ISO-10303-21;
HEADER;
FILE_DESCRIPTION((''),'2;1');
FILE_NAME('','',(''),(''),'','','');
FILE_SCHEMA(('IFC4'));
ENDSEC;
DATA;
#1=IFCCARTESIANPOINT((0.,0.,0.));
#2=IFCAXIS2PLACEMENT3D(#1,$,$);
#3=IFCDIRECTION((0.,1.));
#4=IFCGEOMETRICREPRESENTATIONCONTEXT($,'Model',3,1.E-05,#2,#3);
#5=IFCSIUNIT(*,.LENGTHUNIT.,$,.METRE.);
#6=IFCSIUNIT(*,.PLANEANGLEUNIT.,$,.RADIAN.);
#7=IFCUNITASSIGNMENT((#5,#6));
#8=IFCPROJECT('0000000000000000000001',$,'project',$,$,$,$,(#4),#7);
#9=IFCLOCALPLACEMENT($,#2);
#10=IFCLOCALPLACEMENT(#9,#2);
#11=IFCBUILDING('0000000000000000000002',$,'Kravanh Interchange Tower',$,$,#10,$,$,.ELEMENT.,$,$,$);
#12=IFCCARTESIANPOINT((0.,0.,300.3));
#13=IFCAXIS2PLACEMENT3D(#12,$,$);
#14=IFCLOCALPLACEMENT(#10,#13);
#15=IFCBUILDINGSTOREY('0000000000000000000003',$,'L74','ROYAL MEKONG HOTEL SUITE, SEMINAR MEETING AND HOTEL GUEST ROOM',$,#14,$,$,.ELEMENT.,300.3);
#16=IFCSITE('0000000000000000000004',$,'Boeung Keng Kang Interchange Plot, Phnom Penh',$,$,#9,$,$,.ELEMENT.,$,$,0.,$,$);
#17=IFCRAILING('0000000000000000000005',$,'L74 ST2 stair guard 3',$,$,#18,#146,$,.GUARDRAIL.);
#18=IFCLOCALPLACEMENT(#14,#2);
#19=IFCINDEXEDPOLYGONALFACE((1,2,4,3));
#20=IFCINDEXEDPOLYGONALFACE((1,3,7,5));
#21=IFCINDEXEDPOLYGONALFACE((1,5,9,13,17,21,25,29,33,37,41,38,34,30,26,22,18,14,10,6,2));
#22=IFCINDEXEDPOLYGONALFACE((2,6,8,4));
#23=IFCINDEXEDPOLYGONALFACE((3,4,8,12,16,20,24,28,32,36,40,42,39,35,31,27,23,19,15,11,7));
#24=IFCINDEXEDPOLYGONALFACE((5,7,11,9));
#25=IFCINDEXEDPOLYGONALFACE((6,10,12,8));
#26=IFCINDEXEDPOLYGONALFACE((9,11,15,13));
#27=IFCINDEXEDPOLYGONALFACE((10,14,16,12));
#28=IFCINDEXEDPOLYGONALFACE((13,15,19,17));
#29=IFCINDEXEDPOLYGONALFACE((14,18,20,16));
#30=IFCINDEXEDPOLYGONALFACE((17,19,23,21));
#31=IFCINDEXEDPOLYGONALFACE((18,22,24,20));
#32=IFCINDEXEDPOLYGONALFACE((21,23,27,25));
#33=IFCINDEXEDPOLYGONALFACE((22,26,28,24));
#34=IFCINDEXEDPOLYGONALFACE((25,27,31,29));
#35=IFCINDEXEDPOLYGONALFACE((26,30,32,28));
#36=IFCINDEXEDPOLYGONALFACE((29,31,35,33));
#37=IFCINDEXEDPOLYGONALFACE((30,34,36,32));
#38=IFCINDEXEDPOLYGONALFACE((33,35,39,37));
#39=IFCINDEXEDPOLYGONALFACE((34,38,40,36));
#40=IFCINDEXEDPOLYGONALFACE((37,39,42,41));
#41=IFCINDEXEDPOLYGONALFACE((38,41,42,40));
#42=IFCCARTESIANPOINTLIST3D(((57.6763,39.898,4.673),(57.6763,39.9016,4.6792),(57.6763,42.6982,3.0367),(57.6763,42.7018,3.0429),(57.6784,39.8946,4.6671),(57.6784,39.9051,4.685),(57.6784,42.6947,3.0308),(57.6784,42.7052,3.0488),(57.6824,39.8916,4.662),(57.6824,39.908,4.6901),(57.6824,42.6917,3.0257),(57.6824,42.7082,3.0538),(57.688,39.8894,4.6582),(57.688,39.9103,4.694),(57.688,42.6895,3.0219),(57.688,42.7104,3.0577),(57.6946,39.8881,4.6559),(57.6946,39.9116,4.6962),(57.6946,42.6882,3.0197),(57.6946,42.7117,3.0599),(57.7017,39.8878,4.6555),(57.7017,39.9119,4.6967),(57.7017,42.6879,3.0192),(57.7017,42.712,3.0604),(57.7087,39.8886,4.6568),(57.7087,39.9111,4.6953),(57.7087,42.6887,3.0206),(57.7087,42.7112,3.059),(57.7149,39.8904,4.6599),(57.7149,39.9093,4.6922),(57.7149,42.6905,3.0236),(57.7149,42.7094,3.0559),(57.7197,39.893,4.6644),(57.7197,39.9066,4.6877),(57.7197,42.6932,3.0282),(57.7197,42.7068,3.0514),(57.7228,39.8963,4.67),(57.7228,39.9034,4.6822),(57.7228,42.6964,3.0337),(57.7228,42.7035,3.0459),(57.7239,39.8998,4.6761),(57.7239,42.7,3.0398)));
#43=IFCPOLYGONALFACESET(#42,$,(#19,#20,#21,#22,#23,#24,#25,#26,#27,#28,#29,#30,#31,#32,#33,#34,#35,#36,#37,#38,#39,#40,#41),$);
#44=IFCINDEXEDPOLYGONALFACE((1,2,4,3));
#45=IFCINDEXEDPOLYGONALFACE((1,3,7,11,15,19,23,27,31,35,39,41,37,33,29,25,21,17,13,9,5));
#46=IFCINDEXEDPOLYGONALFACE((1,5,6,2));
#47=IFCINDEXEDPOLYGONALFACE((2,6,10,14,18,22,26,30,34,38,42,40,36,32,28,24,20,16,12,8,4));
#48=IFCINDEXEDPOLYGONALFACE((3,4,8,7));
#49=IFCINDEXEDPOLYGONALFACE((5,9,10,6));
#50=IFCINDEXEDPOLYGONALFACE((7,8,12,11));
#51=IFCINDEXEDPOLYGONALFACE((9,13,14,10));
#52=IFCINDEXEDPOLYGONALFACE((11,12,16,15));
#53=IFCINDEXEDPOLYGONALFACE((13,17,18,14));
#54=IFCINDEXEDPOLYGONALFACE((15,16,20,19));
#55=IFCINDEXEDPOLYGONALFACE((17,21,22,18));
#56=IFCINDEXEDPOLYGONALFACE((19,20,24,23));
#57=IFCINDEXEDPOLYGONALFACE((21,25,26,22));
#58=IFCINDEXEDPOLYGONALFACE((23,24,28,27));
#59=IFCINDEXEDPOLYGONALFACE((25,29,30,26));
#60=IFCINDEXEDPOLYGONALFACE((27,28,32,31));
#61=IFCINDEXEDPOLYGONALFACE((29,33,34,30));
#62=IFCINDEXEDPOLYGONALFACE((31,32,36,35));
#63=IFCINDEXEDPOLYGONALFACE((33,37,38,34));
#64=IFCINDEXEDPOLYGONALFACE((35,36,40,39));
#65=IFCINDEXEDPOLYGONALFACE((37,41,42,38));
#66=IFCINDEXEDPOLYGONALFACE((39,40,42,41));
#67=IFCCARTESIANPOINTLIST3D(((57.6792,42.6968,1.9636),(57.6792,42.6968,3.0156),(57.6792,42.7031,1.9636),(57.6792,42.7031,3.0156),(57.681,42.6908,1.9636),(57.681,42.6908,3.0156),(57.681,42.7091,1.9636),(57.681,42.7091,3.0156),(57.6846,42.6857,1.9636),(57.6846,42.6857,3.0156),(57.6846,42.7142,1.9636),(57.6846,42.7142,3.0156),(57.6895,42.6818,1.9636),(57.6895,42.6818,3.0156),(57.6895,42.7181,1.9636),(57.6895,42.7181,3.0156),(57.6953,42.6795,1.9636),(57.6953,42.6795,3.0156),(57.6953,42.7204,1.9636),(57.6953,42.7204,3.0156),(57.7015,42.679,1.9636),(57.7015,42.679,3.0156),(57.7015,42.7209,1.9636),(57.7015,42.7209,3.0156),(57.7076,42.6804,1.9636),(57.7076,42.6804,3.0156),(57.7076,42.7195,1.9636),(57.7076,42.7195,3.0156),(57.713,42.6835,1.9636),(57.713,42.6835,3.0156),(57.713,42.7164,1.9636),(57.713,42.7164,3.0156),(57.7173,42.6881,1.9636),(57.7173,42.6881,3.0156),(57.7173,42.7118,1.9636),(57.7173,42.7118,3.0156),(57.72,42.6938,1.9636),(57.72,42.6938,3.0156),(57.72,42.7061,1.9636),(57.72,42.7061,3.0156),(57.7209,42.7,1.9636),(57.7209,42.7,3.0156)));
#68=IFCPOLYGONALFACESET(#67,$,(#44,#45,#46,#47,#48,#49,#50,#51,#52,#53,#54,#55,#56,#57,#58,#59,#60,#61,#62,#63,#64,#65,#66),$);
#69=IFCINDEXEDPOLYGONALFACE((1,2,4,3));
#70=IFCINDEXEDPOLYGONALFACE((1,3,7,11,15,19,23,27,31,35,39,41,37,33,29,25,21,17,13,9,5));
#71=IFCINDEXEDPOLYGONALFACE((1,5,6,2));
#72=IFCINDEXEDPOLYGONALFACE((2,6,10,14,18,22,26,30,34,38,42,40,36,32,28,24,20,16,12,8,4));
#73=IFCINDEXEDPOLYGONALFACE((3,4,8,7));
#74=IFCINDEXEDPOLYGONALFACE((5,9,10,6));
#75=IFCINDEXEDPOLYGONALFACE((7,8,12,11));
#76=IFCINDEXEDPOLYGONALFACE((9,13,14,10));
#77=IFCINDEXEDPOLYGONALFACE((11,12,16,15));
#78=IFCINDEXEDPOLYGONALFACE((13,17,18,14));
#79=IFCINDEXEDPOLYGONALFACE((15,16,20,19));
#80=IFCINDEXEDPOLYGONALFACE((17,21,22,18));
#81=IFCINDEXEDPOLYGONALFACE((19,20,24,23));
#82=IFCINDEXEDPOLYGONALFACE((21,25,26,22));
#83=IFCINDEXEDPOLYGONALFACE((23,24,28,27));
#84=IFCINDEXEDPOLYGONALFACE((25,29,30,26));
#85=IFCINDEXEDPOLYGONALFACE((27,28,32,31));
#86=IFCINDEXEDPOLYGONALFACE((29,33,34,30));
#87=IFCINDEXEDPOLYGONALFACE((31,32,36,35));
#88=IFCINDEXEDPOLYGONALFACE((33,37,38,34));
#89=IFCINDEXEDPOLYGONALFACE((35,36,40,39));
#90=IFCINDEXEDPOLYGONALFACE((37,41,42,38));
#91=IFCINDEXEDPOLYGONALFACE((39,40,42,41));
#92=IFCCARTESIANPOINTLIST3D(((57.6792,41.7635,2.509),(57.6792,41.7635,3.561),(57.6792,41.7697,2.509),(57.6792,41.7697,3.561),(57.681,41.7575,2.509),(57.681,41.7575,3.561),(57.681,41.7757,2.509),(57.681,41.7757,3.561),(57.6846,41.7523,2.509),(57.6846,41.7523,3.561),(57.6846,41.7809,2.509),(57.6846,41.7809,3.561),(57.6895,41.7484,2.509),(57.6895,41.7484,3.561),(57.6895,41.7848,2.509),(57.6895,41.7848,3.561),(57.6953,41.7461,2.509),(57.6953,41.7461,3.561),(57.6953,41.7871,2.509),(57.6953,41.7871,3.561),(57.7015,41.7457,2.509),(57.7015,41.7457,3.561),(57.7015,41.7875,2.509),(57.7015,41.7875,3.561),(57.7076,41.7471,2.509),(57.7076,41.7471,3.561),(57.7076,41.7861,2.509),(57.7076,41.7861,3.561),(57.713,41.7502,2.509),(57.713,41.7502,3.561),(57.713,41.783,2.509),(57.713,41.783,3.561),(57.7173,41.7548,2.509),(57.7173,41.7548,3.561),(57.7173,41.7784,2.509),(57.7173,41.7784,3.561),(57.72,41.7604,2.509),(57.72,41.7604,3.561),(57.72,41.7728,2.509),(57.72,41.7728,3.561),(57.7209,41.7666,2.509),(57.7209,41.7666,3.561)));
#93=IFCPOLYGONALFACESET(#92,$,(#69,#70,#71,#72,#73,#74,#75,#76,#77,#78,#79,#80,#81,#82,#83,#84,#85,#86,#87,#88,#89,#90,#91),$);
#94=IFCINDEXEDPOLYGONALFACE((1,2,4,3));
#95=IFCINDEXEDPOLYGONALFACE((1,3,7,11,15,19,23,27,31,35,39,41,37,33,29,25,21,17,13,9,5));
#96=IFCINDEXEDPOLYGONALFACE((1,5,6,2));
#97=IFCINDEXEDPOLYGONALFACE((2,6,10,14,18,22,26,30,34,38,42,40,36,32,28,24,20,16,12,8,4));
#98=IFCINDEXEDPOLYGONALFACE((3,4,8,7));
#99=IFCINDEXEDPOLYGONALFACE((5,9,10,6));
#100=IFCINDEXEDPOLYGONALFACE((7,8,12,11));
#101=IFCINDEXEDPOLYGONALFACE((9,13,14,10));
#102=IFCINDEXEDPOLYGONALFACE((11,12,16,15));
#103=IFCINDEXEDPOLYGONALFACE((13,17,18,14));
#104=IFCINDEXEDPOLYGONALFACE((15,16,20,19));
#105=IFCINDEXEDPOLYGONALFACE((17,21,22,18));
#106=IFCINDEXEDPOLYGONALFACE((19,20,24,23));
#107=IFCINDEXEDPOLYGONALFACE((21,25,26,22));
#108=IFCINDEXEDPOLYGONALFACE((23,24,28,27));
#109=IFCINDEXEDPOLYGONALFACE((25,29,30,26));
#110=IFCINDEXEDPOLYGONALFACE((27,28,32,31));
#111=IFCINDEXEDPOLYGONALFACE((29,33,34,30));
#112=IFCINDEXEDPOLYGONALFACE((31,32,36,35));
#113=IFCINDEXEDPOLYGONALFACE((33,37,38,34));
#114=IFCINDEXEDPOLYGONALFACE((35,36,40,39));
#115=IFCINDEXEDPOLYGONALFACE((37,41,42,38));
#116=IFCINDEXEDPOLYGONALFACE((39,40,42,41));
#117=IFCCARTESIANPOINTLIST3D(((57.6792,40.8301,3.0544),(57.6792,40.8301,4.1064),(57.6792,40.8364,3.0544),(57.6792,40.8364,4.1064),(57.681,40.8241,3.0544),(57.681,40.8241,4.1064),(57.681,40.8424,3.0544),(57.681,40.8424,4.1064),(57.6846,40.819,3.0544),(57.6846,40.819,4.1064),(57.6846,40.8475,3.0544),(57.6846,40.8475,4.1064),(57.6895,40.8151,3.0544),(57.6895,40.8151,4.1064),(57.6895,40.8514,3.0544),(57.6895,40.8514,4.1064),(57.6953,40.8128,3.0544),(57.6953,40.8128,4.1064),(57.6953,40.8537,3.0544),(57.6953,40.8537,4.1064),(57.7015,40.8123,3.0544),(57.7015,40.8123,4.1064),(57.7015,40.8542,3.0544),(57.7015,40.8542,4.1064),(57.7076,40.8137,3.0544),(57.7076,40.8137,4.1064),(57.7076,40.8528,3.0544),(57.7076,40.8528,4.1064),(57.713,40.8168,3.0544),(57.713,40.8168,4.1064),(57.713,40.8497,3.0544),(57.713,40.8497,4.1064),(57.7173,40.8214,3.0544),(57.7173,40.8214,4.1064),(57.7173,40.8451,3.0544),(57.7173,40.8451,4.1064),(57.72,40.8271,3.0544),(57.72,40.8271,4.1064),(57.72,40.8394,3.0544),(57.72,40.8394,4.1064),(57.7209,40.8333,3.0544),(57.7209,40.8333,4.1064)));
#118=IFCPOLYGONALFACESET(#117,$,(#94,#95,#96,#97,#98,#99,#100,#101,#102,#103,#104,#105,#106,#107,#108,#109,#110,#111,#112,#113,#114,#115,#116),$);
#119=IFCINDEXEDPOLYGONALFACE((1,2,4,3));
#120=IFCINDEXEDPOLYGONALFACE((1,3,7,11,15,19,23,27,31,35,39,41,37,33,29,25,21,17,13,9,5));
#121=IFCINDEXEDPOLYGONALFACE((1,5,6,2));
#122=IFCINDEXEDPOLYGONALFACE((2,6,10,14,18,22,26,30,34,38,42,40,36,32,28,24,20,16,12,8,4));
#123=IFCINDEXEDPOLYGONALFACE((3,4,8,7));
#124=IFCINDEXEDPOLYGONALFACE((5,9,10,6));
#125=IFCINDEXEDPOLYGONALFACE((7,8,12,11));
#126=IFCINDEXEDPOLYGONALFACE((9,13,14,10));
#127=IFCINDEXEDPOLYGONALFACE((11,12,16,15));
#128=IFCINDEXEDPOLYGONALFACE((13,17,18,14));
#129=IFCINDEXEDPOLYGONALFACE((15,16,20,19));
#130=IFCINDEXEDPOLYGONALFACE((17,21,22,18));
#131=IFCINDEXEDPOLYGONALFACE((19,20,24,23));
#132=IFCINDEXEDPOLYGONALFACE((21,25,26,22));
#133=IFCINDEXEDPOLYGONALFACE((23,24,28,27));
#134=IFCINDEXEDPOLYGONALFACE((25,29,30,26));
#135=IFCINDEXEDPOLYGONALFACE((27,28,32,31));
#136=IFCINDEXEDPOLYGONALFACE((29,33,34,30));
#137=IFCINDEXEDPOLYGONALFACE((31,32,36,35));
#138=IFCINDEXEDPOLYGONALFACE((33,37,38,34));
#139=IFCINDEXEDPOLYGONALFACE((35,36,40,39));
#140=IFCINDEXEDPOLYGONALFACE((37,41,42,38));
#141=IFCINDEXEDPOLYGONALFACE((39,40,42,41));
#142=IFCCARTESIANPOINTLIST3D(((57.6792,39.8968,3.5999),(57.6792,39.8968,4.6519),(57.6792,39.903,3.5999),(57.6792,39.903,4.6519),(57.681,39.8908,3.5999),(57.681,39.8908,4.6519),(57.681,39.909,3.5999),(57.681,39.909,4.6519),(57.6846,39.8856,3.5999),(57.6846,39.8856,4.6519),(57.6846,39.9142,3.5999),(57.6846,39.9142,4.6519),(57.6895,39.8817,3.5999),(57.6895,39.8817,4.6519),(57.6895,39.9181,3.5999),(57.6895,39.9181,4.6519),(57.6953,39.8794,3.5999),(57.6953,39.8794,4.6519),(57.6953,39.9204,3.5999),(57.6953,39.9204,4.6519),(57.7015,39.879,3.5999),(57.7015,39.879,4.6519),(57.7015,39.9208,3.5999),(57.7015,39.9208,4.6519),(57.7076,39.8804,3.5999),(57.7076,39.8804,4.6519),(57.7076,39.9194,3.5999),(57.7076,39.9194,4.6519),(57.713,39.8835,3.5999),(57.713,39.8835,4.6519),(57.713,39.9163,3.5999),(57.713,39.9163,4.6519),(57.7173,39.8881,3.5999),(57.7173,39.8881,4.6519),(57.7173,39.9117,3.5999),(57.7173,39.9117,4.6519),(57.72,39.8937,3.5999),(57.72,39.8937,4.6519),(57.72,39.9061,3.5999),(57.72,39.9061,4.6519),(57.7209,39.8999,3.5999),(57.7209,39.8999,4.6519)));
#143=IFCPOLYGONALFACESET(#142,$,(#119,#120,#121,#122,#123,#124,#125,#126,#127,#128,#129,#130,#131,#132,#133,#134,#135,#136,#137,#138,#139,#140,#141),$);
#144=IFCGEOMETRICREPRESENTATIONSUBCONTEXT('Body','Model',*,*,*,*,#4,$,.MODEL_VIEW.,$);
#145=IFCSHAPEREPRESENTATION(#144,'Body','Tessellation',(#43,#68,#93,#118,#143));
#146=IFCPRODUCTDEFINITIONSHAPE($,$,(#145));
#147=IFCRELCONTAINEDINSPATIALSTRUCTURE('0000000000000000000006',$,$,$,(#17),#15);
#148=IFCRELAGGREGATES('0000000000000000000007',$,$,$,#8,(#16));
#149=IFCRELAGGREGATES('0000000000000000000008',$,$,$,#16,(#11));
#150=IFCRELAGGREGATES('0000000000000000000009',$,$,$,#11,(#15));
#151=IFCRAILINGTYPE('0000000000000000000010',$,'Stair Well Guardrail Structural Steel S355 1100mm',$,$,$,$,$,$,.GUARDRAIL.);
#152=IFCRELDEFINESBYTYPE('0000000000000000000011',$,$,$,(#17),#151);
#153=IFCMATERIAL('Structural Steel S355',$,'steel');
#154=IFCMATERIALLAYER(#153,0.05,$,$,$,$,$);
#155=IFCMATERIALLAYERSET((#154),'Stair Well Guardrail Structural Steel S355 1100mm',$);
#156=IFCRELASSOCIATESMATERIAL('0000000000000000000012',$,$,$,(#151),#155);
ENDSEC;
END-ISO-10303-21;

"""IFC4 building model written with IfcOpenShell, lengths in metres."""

from ifc_helpers import new_model, si_unit, direction, frame, origin, origin_2d, place, context, subcontext, project, spatial, circle, extrude, material, layer, layer_set, type_object, element, save


model = new_model("IFC4")

# Units and contexts
model_context = context("Model", 3, precision=1e-05, world=origin(), true_north=direction((0.0, 1.0)))
body_context = subcontext(model_context, "Body", "Model", "MODEL_VIEW")
ifc_project = project(units=[si_unit("LENGTHUNIT", "METRE"), si_unit("PLANEANGLEUNIT", "RADIAN")], contexts=[model_context])

# Site, building, storey
site_placement = place(None, origin())
site = spatial("IfcSite", under=ifc_project, at=site_placement, Name="Boeung Keng Kang Interchange Plot, Phnom Penh", CompositionType="ELEMENT", RefElevation=0.0)
building_placement = place(site_placement, origin())
building = spatial("IfcBuilding", under=site, at=building_placement, Name="Kravanh Interchange Tower", CompositionType="ELEMENT")
storey_placement = place(building_placement, frame((0.0, 0.0, 300.3)))
storey = spatial("IfcBuildingStorey", under=building, at=storey_placement, Name="L74", Description="ROYAL MEKONG HOTEL SUITE, SEMINAR MEETING AND HOTEL GUEST ROOM", CompositionType="ELEMENT", Elevation=300.3)

# Railing
ifc_material_1 = material(Name="Structural Steel S355", Category="steel")
ifc_layer_1 = layer(ifc_material_1, 0.05)
ifc_layer_set_1 = layer_set([ifc_layer_1], Name="Stair Well Guardrail Structural Steel S355 1100mm")
railing_type_1 = type_object("IfcRailingType", Name="Stair Well Guardrail Structural Steel S355 1100mm", PredefinedType="GUARDRAIL", material=ifc_layer_set_1)
railing_1_placement = place(storey_placement, frame((57.7, 42.7, 1.9636)))
element("IfcRailing", 1, at=railing_1_placement, inside=storey, type_object=railing_type_1, Name="L74 ST2 stair guard 3", PredefinedType="GUARDRAIL", context=body_context, shape_type="SweptSolid", body=[
    extrude(circle(Radius=0.0239, at=origin_2d()), frame((0.0, 0.0, 1.0762), z_axis=(0.0, -0.863394, 0.504531), x_axis=(1.0, 0.0, 0.0)), (0.0, 0.0, 1.0), 3.2432),
    extrude(circle(Radius=0.021, at=origin_2d()), origin(), (0.0, 0.0, 1.0), 1.052),
    extrude(circle(Radius=0.021, at=origin_2d()), frame((0.0, -0.9333, 0.5454)), (0.0, 0.0, 1.0), 1.052),
    extrude(circle(Radius=0.021, at=origin_2d()), frame((0.0, -1.8667, 1.0908)), (0.0, 0.0, 1.0), 1.052),
    extrude(circle(Radius=0.021, at=origin_2d()), frame((0.0, -2.8, 1.6362)), (0.0, 0.0, 1.0), 1.052),
])

save(model, "model.ifc")
